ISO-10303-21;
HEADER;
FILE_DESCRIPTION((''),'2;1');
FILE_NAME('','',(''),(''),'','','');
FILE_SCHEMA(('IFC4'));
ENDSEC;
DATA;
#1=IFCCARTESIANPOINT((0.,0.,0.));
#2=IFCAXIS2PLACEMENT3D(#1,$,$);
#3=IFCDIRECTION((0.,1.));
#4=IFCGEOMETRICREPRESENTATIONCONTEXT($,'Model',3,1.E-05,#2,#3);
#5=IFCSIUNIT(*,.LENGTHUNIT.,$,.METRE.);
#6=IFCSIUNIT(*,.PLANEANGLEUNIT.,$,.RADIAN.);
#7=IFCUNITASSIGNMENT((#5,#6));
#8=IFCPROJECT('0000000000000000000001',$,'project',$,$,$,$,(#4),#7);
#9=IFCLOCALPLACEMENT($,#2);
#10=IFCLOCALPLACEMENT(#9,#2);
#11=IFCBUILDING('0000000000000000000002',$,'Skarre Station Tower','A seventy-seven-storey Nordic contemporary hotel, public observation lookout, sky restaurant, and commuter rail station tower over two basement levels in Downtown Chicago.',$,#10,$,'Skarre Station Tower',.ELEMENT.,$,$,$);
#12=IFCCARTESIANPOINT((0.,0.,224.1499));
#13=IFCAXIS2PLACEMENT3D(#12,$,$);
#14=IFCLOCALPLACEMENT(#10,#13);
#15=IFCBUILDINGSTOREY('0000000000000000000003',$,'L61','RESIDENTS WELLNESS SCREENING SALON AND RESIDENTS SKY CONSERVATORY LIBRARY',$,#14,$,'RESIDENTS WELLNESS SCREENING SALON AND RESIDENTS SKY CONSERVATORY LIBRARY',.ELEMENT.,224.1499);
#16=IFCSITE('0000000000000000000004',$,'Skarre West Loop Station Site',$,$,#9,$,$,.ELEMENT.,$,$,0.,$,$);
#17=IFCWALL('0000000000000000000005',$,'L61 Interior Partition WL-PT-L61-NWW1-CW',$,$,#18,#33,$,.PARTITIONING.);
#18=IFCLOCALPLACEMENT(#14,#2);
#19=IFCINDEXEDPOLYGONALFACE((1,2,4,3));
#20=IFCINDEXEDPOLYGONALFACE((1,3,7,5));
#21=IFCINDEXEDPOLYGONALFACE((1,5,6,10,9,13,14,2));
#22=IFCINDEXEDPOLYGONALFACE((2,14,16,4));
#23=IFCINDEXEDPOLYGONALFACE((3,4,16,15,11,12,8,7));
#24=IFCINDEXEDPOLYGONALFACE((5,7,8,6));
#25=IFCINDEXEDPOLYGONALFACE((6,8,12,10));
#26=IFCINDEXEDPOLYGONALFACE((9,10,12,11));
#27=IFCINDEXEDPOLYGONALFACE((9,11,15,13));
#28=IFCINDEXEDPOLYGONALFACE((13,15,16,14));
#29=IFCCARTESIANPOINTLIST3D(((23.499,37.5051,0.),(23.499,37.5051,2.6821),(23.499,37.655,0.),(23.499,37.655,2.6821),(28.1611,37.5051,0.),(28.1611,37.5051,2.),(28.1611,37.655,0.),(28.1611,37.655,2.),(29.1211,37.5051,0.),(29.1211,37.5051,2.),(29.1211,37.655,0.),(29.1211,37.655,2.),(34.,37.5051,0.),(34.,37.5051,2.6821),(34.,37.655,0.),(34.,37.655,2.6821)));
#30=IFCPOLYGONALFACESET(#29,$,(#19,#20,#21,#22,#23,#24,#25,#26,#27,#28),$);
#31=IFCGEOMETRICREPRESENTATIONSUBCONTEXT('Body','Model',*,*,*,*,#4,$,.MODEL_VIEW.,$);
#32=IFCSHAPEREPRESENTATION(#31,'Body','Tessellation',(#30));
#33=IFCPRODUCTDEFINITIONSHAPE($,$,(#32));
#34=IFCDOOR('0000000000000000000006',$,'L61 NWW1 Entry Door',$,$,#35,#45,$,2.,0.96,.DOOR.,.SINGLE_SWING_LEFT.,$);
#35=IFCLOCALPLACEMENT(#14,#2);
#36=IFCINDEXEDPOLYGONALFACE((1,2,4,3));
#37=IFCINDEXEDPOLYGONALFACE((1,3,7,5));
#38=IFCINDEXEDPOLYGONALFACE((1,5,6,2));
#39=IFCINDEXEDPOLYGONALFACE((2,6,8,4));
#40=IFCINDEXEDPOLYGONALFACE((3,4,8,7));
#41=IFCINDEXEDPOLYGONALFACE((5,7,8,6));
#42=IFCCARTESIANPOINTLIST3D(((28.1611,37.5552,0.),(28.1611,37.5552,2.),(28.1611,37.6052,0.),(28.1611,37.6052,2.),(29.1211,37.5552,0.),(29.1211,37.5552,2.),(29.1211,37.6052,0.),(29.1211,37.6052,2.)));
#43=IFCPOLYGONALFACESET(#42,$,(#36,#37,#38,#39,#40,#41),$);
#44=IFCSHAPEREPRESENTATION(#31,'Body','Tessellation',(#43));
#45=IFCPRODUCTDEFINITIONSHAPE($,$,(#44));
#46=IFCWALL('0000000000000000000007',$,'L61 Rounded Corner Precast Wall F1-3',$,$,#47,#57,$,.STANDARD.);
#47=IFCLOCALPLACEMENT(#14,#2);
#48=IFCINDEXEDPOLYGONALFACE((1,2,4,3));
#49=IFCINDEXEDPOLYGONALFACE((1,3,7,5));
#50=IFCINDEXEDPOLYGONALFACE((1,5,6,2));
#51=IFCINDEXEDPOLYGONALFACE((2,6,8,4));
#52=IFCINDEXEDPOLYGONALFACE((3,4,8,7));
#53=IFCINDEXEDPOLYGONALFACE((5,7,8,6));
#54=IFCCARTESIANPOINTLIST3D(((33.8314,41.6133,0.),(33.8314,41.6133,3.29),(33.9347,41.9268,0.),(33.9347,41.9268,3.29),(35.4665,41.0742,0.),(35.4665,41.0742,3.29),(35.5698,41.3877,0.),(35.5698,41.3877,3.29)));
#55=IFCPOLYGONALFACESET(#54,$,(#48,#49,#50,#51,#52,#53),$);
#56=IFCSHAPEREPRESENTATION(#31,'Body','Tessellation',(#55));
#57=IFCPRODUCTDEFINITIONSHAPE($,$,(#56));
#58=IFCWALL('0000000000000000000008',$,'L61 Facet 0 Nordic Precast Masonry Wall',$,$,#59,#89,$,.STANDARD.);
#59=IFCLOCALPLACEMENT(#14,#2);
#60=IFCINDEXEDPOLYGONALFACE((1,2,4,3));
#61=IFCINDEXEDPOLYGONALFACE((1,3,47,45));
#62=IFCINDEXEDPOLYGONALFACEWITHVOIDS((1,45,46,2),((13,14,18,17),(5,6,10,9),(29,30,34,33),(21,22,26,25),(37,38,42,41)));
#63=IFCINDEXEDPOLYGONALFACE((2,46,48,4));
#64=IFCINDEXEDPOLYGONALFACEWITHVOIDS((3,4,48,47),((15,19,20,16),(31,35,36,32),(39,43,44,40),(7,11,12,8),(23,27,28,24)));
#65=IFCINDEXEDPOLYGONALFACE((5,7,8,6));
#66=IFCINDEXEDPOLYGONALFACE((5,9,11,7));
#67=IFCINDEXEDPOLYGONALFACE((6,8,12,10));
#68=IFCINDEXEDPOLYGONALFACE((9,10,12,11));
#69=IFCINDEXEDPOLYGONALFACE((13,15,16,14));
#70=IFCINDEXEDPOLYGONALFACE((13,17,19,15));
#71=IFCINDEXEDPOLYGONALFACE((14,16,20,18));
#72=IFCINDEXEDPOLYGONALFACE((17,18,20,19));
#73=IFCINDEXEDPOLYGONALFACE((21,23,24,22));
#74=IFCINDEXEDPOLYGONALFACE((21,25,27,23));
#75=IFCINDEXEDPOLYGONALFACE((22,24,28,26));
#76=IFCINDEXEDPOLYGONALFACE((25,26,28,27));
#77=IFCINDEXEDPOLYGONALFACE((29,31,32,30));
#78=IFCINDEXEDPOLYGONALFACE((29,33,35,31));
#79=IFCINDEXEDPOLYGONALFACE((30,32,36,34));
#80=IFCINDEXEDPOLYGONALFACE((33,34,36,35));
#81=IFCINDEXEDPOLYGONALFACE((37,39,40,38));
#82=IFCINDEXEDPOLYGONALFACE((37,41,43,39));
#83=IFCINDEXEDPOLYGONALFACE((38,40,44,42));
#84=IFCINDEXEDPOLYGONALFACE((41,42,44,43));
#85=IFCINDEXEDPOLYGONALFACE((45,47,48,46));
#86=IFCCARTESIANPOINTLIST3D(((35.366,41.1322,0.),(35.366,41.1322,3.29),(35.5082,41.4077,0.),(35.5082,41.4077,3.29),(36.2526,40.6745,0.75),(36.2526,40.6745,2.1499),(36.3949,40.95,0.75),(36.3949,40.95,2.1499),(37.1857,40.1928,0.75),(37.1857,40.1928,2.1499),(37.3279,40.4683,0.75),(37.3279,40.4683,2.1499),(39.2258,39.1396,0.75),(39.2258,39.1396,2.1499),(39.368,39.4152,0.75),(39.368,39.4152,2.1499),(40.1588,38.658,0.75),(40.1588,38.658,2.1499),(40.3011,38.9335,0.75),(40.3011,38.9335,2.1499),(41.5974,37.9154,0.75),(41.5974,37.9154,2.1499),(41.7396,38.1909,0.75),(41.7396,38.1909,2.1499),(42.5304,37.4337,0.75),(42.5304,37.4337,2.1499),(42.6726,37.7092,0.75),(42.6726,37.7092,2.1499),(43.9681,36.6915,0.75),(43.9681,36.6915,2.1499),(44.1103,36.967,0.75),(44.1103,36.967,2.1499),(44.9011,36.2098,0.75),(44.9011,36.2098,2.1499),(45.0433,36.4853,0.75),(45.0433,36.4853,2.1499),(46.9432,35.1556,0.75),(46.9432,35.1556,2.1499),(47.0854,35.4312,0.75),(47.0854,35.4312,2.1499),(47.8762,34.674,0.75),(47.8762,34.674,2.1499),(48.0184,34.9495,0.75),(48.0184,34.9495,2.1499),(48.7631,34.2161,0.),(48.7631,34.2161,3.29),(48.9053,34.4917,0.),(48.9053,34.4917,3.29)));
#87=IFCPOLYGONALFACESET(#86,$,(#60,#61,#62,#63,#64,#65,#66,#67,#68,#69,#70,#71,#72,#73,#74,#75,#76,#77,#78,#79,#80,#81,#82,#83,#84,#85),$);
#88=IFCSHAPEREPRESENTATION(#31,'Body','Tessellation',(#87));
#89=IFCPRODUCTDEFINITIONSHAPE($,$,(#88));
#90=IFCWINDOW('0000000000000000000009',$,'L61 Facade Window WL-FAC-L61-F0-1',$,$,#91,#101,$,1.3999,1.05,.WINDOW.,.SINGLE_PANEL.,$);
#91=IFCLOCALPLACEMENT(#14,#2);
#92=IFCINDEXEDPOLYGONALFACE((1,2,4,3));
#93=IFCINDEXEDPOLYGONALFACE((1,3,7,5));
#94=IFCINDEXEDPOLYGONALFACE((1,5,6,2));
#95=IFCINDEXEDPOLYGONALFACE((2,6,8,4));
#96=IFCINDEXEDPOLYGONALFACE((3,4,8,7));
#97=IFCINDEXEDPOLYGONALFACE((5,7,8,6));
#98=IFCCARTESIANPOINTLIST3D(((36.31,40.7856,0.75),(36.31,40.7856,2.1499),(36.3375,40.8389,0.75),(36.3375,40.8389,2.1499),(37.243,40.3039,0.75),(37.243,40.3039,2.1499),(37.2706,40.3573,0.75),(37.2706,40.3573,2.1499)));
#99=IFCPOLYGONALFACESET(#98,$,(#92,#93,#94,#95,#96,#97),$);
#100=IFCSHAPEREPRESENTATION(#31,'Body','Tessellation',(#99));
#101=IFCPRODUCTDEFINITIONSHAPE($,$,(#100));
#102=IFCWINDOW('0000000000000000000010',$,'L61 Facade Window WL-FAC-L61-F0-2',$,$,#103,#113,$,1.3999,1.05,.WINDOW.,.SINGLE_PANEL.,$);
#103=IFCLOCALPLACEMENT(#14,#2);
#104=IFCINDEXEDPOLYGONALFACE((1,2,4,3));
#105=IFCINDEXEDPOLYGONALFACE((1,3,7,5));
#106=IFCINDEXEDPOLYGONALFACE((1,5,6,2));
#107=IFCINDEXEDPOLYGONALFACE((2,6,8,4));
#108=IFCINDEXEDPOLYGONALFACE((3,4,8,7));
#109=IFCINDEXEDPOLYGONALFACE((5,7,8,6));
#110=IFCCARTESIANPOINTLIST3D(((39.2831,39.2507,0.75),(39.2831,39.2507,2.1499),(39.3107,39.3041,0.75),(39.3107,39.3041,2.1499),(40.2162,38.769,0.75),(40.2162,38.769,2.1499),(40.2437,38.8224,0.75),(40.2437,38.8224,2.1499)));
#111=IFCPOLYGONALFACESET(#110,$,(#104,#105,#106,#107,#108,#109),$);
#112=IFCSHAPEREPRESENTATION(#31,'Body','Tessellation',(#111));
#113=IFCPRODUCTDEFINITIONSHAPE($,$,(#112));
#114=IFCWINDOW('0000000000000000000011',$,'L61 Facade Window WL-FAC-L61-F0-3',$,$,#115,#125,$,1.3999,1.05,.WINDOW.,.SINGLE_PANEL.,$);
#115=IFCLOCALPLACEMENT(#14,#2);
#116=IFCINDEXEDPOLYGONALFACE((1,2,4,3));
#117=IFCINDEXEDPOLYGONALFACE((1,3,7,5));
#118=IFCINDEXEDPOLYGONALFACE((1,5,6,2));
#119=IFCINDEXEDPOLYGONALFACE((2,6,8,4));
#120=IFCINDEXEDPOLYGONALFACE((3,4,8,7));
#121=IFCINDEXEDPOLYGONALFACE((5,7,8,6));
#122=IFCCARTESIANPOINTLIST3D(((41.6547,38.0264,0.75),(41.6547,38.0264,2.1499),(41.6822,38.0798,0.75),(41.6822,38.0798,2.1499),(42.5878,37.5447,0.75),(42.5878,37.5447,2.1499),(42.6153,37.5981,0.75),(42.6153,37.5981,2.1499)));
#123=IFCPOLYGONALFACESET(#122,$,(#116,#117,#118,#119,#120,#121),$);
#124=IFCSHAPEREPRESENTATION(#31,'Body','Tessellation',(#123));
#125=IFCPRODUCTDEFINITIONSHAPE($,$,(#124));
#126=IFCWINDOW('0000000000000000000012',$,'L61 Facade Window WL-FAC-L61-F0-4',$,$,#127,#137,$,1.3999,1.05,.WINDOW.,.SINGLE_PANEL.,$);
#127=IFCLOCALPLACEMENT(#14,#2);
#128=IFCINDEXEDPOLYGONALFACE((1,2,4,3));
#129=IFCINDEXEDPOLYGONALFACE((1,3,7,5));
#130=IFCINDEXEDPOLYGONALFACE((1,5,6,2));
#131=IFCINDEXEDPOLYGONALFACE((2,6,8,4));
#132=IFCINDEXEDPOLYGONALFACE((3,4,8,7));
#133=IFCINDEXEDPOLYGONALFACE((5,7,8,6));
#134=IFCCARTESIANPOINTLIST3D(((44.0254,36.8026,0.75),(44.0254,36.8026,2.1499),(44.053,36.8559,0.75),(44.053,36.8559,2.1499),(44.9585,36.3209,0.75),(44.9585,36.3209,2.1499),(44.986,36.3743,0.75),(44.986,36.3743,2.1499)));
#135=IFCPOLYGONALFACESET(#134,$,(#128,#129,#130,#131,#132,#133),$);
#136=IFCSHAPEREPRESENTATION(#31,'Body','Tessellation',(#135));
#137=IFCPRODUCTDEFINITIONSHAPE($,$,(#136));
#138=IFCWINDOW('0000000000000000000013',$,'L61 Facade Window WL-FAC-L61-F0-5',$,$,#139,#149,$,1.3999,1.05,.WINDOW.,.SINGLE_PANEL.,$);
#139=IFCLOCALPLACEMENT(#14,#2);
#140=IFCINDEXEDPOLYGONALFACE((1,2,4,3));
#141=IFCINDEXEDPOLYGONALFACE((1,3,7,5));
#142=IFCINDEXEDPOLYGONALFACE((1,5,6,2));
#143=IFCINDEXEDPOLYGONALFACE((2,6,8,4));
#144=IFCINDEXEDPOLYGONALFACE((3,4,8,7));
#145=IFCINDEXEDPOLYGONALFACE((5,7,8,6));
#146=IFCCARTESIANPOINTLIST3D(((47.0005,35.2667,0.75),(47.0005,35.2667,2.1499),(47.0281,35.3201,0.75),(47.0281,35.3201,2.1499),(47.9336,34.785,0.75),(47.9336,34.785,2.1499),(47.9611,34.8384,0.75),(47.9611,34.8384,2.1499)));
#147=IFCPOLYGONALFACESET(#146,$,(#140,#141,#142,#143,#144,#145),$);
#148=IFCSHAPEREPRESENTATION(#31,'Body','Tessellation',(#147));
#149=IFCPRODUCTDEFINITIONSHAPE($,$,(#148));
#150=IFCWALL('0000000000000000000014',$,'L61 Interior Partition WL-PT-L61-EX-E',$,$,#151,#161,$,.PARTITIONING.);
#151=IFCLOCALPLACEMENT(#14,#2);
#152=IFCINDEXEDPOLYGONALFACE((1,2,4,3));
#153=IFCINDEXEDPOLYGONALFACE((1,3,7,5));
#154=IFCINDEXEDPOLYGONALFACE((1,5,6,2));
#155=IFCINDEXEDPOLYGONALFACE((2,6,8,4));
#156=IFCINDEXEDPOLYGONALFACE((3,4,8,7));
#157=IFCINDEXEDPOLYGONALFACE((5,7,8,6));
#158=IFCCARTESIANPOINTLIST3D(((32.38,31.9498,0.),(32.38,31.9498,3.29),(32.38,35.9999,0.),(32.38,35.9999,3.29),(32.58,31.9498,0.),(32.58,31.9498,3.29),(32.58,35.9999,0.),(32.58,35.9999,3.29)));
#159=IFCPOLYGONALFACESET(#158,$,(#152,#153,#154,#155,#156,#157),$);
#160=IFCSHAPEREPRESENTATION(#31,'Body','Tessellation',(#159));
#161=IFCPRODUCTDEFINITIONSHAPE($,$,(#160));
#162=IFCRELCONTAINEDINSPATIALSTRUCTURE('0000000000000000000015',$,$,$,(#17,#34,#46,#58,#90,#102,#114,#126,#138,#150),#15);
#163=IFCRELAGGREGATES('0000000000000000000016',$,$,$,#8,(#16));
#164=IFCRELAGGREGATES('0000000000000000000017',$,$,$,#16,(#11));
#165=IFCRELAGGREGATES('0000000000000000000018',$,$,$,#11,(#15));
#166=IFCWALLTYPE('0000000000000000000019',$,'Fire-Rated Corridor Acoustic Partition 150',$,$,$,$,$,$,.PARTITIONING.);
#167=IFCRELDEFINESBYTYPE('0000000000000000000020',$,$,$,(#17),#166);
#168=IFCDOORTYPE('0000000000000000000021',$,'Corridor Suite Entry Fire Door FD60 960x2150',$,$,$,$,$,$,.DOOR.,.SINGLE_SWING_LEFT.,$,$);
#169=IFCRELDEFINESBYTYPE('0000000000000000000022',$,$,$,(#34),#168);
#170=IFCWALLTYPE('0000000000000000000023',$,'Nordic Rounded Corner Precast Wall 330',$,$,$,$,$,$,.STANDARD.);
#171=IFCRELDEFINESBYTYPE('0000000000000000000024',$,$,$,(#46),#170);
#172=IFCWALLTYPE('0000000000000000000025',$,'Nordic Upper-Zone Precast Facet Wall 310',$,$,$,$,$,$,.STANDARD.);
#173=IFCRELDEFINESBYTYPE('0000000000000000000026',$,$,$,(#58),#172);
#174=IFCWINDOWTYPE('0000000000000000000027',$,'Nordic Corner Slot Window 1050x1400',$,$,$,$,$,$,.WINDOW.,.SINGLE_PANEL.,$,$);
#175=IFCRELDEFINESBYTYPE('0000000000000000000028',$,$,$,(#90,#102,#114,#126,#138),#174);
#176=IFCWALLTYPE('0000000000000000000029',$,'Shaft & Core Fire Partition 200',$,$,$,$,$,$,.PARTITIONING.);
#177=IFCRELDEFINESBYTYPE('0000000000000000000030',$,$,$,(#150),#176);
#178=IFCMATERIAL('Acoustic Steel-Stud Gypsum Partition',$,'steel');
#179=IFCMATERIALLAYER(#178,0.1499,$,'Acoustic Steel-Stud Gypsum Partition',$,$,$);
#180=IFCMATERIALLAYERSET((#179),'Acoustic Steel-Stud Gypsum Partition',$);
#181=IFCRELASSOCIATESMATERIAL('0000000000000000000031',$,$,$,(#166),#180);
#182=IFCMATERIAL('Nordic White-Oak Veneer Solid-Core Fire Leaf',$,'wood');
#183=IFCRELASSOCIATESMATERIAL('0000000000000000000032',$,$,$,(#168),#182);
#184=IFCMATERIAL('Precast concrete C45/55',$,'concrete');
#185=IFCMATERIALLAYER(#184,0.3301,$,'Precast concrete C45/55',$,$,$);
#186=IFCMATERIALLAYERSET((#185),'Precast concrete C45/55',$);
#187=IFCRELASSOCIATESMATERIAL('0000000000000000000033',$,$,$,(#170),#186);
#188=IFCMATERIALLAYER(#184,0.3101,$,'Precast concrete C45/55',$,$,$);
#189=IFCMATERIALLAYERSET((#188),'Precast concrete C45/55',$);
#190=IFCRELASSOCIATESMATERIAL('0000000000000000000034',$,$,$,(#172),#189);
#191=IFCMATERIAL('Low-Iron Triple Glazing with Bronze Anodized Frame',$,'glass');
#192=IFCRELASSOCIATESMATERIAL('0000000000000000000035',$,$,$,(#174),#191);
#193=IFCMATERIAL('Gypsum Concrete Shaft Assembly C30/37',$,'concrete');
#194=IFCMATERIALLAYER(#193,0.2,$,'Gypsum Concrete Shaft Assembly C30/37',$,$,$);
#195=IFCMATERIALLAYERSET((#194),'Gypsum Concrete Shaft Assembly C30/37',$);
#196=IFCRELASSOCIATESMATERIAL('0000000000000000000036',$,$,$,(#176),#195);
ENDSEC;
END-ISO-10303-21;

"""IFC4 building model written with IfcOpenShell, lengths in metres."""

from ifc_helpers import new_model, si_unit, direction, frame, frame_2d, origin, place, context, subcontext, project, spatial, rectangle, extrude, material, layer, layer_set, type_object, element, fill, save


model = new_model("IFC4")

# Units and contexts
model_context = context("Model", 3, precision=1e-05, world=origin(), true_north=direction((0.0, 1.0)))
body_context = subcontext(model_context, "Body", "Model", "MODEL_VIEW")
ifc_project = project(units=[si_unit("LENGTHUNIT", "METRE"), si_unit("PLANEANGLEUNIT", "RADIAN")], contexts=[model_context])

# Site, building, storey
site_placement = place(None, origin())
site = spatial("IfcSite", under=ifc_project, at=site_placement, Name="Skarre West Loop Station Site", CompositionType="ELEMENT", RefElevation=0.0)
building_placement = place(site_placement, origin())
building = spatial("IfcBuilding", under=site, at=building_placement, Name="Skarre Station Tower", Description="A seventy-seven-storey Nordic contemporary hotel, public observation lookout, sky restaurant, and commuter rail station tower over two basement levels in Downtown Chicago.", LongName="Skarre Station Tower", CompositionType="ELEMENT")
storey_placement = place(building_placement, frame((0.0, 0.0, 224.1499)))
storey = spatial("IfcBuildingStorey", under=building, at=storey_placement, Name="L61", Description="RESIDENTS WELLNESS SCREENING SALON AND RESIDENTS SKY CONSERVATORY LIBRARY", LongName="RESIDENTS WELLNESS SCREENING SALON AND RESIDENTS SKY CONSERVATORY LIBRARY", CompositionType="ELEMENT", Elevation=224.1499)

# Wall, opening, door
ifc_material_1 = material(Name="Acoustic Steel-Stud Gypsum Partition", Category="steel")
ifc_layer_1 = layer(ifc_material_1, 0.1499, Name="Acoustic Steel-Stud Gypsum Partition")
ifc_layer_set_1 = layer_set([ifc_layer_1], Name="Acoustic Steel-Stud Gypsum Partition")
wall_type_1 = type_object("IfcWallType", Name="Fire-Rated Corridor Acoustic Partition 150", PredefinedType="PARTITIONING", material=ifc_layer_set_1)
wall_1_placement = place(storey_placement, frame((34.0, 37.5801, 0.0), z_axis=(0.0, 0.0, 1.0), x_axis=(-1.0, 0.0, 0.0)))
wall_1 = element("IfcWall", 1, at=wall_1_placement, inside=storey, type_object=wall_type_1, Name="L61 Interior Partition WL-PT-L61-NWW1-CW", PredefinedType="PARTITIONING", context=body_context, shape_type="SweptSolid", body=[
    extrude(rectangle(XDim=10.501, YDim=0.1499, at=frame_2d((5.2505, 0.0))), origin(), (0.0, 0.0, 1.0), 2.6821),
])
opening_1_placement = place(wall_1_placement, frame((4.8789, 0.0, 0.0)))
opening_1 = element("IfcOpeningElement", 2, at=opening_1_placement, cuts=wall_1, PredefinedType="OPENING", context=body_context, shape_type="SweptSolid", body=[
    extrude(rectangle(XDim=0.96, YDim=2.0, at=frame_2d((0.48, 1.0))), frame((0.0, 0.085, 0.0), z_axis=(0.0, -1.0, 0.0), x_axis=(1.0, 0.0, 0.0)), (0.0, 0.0, 1.0), 0.1699),
])
ifc_material_2 = material(Name="Nordic White-Oak Veneer Solid-Core Fire Leaf", Category="wood")
door_type = type_object("IfcDoorType", Name="Corridor Suite Entry Fire Door FD60 960x2150", OperationType="SINGLE_SWING_LEFT", PredefinedType="DOOR", material=ifc_material_2)
door_placement = place(opening_1_placement, origin())
door = element("IfcDoor", 3, at=door_placement, inside=storey, type_object=door_type, Name="L61 NWW1 Entry Door", OperationType="SINGLE_SWING_LEFT", OverallHeight=2.0, OverallWidth=0.96, PredefinedType="DOOR", context=body_context, shape_type="SweptSolid", body=[
    extrude(rectangle(XDim=0.96, YDim=2.0, at=frame_2d((0.48, 1.0))), frame((0.0, 0.0249, 0.0), z_axis=(0.0, -1.0, 0.0), x_axis=(1.0, 0.0, 0.0)), (0.0, 0.0, 1.0), 0.05),
])
fill(opening_1, door)

# Wall
ifc_material_3 = material(Name="Precast concrete C45/55", Category="concrete")
ifc_layer_2 = layer(ifc_material_3, 0.3301, Name="Precast concrete C45/55")
ifc_layer_set_2 = layer_set([ifc_layer_2], Name="Precast concrete C45/55")
wall_type_2 = type_object("IfcWallType", Name="Nordic Rounded Corner Precast Wall 330", PredefinedType="STANDARD", material=ifc_layer_set_2)
wall_2_placement = place(storey_placement, frame((33.8831, 41.77, 0.0), z_axis=(0.0, 0.0, 1.0), x_axis=(0.949713, -0.31312, 0.0)))
element("IfcWall", 4, at=wall_2_placement, inside=storey, type_object=wall_type_2, Name="L61 Rounded Corner Precast Wall F1-3", PredefinedType="STANDARD", context=body_context, shape_type="SweptSolid", body=[
    extrude(rectangle(XDim=1.7217, YDim=0.3301, at=frame_2d((0.8608, 0.0))), origin(), (0.0, 0.0, 1.0), 3.29),
])

# Wall, openings, windows
ifc_layer_3 = layer(ifc_material_3, 0.3101, Name="Precast concrete C45/55")
ifc_layer_set_3 = layer_set([ifc_layer_3], Name="Precast concrete C45/55")
wall_type_3 = type_object("IfcWallType", Name="Nordic Upper-Zone Precast Facet Wall 310", PredefinedType="STANDARD", material=ifc_layer_set_3)
wall_3_placement = place(storey_placement, frame((35.437, 41.27, 0.0), z_axis=(0.0, 0.0, 1.0), x_axis=(0.888581, -0.458719, 0.0)))
wall_3 = element("IfcWall", 5, at=wall_3_placement, inside=storey, type_object=wall_type_3, Name="L61 Facet 0 Nordic Precast Masonry Wall", PredefinedType="STANDARD", context=body_context, shape_type="SweptSolid", body=[
    extrude(rectangle(XDim=15.0769, YDim=0.3101, at=frame_2d((7.5386, 0.0))), origin(), (0.0, 0.0, 1.0), 3.29),
])
opening_2_placement = place(wall_3_placement, frame((0.998, 0.0, 0.75)))
opening_2 = element("IfcOpeningElement", 6, at=opening_2_placement, cuts=wall_3, PredefinedType="OPENING", context=body_context, shape_type="SweptSolid", body=[
    extrude(rectangle(XDim=1.05, YDim=1.3999, at=frame_2d((0.5249, 0.7))), frame((0.0, 0.165, 0.0), z_axis=(0.0, -1.0, 0.0), x_axis=(1.0, 0.0, 0.0)), (0.0, 0.0, 1.0), 0.3301),
])
opening_3_placement = place(wall_3_placement, frame((4.344, 0.0, 0.75)))
opening_3 = element("IfcOpeningElement", 7, at=opening_3_placement, cuts=wall_3, PredefinedType="OPENING", context=body_context, shape_type="SweptSolid", body=[
    extrude(rectangle(XDim=1.05, YDim=1.3999, at=frame_2d((0.5249, 0.7))), frame((0.0, 0.165, 0.0), z_axis=(0.0, -1.0, 0.0), x_axis=(1.0, 0.0, 0.0)), (0.0, 0.0, 1.0), 0.3301),
])
opening_4_placement = place(wall_3_placement, frame((7.0129, 0.0, 0.75)))
opening_4 = element("IfcOpeningElement", 8, at=opening_4_placement, cuts=wall_3, PredefinedType="OPENING", context=body_context, shape_type="SweptSolid", body=[
    extrude(rectangle(XDim=1.05, YDim=1.3999, at=frame_2d((0.5249, 0.7))), frame((0.0, 0.165, 0.0), z_axis=(0.0, -1.0, 0.0), x_axis=(1.0, 0.0, 0.0)), (0.0, 0.0, 1.0), 0.3301),
])
opening_5_placement = place(wall_3_placement, frame((9.6809, 0.0, 0.75)))
opening_5 = element("IfcOpeningElement", 9, at=opening_5_placement, cuts=wall_3, PredefinedType="OPENING", context=body_context, shape_type="SweptSolid", body=[
    extrude(rectangle(XDim=1.05, YDim=1.3999, at=frame_2d((0.5249, 0.7))), frame((0.0, 0.165, 0.0), z_axis=(0.0, -1.0, 0.0), x_axis=(1.0, 0.0, 0.0)), (0.0, 0.0, 1.0), 0.3301),
])
opening_6_placement = place(wall_3_placement, frame((13.0291, 0.0, 0.75)))
opening_6 = element("IfcOpeningElement", 10, at=opening_6_placement, cuts=wall_3, PredefinedType="OPENING", context=body_context, shape_type="SweptSolid", body=[
    extrude(rectangle(XDim=1.05, YDim=1.3999, at=frame_2d((0.5249, 0.7))), frame((0.0, 0.165, 0.0), z_axis=(0.0, -1.0, 0.0), x_axis=(1.0, 0.0, 0.0)), (0.0, 0.0, 1.0), 0.3301),
])
ifc_material_4 = material(Name="Low-Iron Triple Glazing with Bronze Anodized Frame", Category="glass")
window_type = type_object("IfcWindowType", Name="Nordic Corner Slot Window 1050x1400", PartitioningType="SINGLE_PANEL", PredefinedType="WINDOW", material=ifc_material_4)
window_1_placement = place(opening_2_placement, origin())
window_1 = element("IfcWindow", 11, at=window_1_placement, inside=storey, type_object=window_type, Name="L61 Facade Window WL-FAC-L61-F0-1", OverallHeight=1.3999, OverallWidth=1.05, PartitioningType="SINGLE_PANEL", PredefinedType="WINDOW", context=body_context, shape_type="SweptSolid", body=[
    extrude(rectangle(XDim=1.05, YDim=1.3999, at=frame_2d((0.5249, 0.7))), frame((0.0, 0.03, 0.0), z_axis=(0.0, -1.0, 0.0), x_axis=(1.0, 0.0, 0.0)), (0.0, 0.0, 1.0), 0.0601),
])
fill(opening_2, window_1)
window_2_placement = place(opening_3_placement, origin())
window_2 = element("IfcWindow", 12, at=window_2_placement, inside=storey, type_object=window_type, Name="L61 Facade Window WL-FAC-L61-F0-2", OverallHeight=1.3999, OverallWidth=1.05, PartitioningType="SINGLE_PANEL", PredefinedType="WINDOW", context=body_context, shape_type="SweptSolid", body=[
    extrude(rectangle(XDim=1.05, YDim=1.3999, at=frame_2d((0.5249, 0.7))), frame((0.0, 0.03, 0.0), z_axis=(0.0, -1.0, 0.0), x_axis=(1.0, 0.0, 0.0)), (0.0, 0.0, 1.0), 0.0601),
])
fill(opening_3, window_2)
window_3_placement = place(opening_4_placement, origin())
window_3 = element("IfcWindow", 13, at=window_3_placement, inside=storey, type_object=window_type, Name="L61 Facade Window WL-FAC-L61-F0-3", OverallHeight=1.3999, OverallWidth=1.05, PartitioningType="SINGLE_PANEL", PredefinedType="WINDOW", context=body_context, shape_type="SweptSolid", body=[
    extrude(rectangle(XDim=1.05, YDim=1.3999, at=frame_2d((0.5249, 0.7))), frame((0.0, 0.03, 0.0), z_axis=(0.0, -1.0, 0.0), x_axis=(1.0, 0.0, 0.0)), (0.0, 0.0, 1.0), 0.0601),
])
fill(opening_4, window_3)
window_4_placement = place(opening_5_placement, origin())
window_4 = element("IfcWindow", 14, at=window_4_placement, inside=storey, type_object=window_type, Name="L61 Facade Window WL-FAC-L61-F0-4", OverallHeight=1.3999, OverallWidth=1.05, PartitioningType="SINGLE_PANEL", PredefinedType="WINDOW", context=body_context, shape_type="SweptSolid", body=[
    extrude(rectangle(XDim=1.05, YDim=1.3999, at=frame_2d((0.5249, 0.7))), frame((0.0, 0.03, 0.0), z_axis=(0.0, -1.0, 0.0), x_axis=(1.0, 0.0, 0.0)), (0.0, 0.0, 1.0), 0.0601),
])
fill(opening_5, window_4)
window_5_placement = place(opening_6_placement, origin())
window_5 = element("IfcWindow", 15, at=window_5_placement, inside=storey, type_object=window_type, Name="L61 Facade Window WL-FAC-L61-F0-5", OverallHeight=1.3999, OverallWidth=1.05, PartitioningType="SINGLE_PANEL", PredefinedType="WINDOW", context=body_context, shape_type="SweptSolid", body=[
    extrude(rectangle(XDim=1.05, YDim=1.3999, at=frame_2d((0.5249, 0.7))), frame((0.0, 0.03, 0.0), z_axis=(0.0, -1.0, 0.0), x_axis=(1.0, 0.0, 0.0)), (0.0, 0.0, 1.0), 0.0601),
])
fill(opening_6, window_5)

# Wall
ifc_material_5 = material(Name="Gypsum Concrete Shaft Assembly C30/37", Category="concrete")
ifc_layer_4 = layer(ifc_material_5, 0.2, Name="Gypsum Concrete Shaft Assembly C30/37")
ifc_layer_set_4 = layer_set([ifc_layer_4], Name="Gypsum Concrete Shaft Assembly C30/37")
wall_type_4 = type_object("IfcWallType", Name="Shaft & Core Fire Partition 200", PredefinedType="PARTITIONING", material=ifc_layer_set_4)
wall_4_placement = place(storey_placement, frame((32.48, 31.95, 0.0), z_axis=(0.0, 0.0, 1.0), x_axis=(0.0, 1.0, 0.0)))
element("IfcWall", 16, at=wall_4_placement, inside=storey, type_object=wall_type_4, Name="L61 Interior Partition WL-PT-L61-EX-E", PredefinedType="PARTITIONING", context=body_context, shape_type="SweptSolid", body=[
    extrude(rectangle(XDim=4.05, YDim=0.2, at=frame_2d((2.0249, 0.0))), origin(), (0.0, 0.0, 1.0), 3.29),
])

save(model, "model.ifc")
